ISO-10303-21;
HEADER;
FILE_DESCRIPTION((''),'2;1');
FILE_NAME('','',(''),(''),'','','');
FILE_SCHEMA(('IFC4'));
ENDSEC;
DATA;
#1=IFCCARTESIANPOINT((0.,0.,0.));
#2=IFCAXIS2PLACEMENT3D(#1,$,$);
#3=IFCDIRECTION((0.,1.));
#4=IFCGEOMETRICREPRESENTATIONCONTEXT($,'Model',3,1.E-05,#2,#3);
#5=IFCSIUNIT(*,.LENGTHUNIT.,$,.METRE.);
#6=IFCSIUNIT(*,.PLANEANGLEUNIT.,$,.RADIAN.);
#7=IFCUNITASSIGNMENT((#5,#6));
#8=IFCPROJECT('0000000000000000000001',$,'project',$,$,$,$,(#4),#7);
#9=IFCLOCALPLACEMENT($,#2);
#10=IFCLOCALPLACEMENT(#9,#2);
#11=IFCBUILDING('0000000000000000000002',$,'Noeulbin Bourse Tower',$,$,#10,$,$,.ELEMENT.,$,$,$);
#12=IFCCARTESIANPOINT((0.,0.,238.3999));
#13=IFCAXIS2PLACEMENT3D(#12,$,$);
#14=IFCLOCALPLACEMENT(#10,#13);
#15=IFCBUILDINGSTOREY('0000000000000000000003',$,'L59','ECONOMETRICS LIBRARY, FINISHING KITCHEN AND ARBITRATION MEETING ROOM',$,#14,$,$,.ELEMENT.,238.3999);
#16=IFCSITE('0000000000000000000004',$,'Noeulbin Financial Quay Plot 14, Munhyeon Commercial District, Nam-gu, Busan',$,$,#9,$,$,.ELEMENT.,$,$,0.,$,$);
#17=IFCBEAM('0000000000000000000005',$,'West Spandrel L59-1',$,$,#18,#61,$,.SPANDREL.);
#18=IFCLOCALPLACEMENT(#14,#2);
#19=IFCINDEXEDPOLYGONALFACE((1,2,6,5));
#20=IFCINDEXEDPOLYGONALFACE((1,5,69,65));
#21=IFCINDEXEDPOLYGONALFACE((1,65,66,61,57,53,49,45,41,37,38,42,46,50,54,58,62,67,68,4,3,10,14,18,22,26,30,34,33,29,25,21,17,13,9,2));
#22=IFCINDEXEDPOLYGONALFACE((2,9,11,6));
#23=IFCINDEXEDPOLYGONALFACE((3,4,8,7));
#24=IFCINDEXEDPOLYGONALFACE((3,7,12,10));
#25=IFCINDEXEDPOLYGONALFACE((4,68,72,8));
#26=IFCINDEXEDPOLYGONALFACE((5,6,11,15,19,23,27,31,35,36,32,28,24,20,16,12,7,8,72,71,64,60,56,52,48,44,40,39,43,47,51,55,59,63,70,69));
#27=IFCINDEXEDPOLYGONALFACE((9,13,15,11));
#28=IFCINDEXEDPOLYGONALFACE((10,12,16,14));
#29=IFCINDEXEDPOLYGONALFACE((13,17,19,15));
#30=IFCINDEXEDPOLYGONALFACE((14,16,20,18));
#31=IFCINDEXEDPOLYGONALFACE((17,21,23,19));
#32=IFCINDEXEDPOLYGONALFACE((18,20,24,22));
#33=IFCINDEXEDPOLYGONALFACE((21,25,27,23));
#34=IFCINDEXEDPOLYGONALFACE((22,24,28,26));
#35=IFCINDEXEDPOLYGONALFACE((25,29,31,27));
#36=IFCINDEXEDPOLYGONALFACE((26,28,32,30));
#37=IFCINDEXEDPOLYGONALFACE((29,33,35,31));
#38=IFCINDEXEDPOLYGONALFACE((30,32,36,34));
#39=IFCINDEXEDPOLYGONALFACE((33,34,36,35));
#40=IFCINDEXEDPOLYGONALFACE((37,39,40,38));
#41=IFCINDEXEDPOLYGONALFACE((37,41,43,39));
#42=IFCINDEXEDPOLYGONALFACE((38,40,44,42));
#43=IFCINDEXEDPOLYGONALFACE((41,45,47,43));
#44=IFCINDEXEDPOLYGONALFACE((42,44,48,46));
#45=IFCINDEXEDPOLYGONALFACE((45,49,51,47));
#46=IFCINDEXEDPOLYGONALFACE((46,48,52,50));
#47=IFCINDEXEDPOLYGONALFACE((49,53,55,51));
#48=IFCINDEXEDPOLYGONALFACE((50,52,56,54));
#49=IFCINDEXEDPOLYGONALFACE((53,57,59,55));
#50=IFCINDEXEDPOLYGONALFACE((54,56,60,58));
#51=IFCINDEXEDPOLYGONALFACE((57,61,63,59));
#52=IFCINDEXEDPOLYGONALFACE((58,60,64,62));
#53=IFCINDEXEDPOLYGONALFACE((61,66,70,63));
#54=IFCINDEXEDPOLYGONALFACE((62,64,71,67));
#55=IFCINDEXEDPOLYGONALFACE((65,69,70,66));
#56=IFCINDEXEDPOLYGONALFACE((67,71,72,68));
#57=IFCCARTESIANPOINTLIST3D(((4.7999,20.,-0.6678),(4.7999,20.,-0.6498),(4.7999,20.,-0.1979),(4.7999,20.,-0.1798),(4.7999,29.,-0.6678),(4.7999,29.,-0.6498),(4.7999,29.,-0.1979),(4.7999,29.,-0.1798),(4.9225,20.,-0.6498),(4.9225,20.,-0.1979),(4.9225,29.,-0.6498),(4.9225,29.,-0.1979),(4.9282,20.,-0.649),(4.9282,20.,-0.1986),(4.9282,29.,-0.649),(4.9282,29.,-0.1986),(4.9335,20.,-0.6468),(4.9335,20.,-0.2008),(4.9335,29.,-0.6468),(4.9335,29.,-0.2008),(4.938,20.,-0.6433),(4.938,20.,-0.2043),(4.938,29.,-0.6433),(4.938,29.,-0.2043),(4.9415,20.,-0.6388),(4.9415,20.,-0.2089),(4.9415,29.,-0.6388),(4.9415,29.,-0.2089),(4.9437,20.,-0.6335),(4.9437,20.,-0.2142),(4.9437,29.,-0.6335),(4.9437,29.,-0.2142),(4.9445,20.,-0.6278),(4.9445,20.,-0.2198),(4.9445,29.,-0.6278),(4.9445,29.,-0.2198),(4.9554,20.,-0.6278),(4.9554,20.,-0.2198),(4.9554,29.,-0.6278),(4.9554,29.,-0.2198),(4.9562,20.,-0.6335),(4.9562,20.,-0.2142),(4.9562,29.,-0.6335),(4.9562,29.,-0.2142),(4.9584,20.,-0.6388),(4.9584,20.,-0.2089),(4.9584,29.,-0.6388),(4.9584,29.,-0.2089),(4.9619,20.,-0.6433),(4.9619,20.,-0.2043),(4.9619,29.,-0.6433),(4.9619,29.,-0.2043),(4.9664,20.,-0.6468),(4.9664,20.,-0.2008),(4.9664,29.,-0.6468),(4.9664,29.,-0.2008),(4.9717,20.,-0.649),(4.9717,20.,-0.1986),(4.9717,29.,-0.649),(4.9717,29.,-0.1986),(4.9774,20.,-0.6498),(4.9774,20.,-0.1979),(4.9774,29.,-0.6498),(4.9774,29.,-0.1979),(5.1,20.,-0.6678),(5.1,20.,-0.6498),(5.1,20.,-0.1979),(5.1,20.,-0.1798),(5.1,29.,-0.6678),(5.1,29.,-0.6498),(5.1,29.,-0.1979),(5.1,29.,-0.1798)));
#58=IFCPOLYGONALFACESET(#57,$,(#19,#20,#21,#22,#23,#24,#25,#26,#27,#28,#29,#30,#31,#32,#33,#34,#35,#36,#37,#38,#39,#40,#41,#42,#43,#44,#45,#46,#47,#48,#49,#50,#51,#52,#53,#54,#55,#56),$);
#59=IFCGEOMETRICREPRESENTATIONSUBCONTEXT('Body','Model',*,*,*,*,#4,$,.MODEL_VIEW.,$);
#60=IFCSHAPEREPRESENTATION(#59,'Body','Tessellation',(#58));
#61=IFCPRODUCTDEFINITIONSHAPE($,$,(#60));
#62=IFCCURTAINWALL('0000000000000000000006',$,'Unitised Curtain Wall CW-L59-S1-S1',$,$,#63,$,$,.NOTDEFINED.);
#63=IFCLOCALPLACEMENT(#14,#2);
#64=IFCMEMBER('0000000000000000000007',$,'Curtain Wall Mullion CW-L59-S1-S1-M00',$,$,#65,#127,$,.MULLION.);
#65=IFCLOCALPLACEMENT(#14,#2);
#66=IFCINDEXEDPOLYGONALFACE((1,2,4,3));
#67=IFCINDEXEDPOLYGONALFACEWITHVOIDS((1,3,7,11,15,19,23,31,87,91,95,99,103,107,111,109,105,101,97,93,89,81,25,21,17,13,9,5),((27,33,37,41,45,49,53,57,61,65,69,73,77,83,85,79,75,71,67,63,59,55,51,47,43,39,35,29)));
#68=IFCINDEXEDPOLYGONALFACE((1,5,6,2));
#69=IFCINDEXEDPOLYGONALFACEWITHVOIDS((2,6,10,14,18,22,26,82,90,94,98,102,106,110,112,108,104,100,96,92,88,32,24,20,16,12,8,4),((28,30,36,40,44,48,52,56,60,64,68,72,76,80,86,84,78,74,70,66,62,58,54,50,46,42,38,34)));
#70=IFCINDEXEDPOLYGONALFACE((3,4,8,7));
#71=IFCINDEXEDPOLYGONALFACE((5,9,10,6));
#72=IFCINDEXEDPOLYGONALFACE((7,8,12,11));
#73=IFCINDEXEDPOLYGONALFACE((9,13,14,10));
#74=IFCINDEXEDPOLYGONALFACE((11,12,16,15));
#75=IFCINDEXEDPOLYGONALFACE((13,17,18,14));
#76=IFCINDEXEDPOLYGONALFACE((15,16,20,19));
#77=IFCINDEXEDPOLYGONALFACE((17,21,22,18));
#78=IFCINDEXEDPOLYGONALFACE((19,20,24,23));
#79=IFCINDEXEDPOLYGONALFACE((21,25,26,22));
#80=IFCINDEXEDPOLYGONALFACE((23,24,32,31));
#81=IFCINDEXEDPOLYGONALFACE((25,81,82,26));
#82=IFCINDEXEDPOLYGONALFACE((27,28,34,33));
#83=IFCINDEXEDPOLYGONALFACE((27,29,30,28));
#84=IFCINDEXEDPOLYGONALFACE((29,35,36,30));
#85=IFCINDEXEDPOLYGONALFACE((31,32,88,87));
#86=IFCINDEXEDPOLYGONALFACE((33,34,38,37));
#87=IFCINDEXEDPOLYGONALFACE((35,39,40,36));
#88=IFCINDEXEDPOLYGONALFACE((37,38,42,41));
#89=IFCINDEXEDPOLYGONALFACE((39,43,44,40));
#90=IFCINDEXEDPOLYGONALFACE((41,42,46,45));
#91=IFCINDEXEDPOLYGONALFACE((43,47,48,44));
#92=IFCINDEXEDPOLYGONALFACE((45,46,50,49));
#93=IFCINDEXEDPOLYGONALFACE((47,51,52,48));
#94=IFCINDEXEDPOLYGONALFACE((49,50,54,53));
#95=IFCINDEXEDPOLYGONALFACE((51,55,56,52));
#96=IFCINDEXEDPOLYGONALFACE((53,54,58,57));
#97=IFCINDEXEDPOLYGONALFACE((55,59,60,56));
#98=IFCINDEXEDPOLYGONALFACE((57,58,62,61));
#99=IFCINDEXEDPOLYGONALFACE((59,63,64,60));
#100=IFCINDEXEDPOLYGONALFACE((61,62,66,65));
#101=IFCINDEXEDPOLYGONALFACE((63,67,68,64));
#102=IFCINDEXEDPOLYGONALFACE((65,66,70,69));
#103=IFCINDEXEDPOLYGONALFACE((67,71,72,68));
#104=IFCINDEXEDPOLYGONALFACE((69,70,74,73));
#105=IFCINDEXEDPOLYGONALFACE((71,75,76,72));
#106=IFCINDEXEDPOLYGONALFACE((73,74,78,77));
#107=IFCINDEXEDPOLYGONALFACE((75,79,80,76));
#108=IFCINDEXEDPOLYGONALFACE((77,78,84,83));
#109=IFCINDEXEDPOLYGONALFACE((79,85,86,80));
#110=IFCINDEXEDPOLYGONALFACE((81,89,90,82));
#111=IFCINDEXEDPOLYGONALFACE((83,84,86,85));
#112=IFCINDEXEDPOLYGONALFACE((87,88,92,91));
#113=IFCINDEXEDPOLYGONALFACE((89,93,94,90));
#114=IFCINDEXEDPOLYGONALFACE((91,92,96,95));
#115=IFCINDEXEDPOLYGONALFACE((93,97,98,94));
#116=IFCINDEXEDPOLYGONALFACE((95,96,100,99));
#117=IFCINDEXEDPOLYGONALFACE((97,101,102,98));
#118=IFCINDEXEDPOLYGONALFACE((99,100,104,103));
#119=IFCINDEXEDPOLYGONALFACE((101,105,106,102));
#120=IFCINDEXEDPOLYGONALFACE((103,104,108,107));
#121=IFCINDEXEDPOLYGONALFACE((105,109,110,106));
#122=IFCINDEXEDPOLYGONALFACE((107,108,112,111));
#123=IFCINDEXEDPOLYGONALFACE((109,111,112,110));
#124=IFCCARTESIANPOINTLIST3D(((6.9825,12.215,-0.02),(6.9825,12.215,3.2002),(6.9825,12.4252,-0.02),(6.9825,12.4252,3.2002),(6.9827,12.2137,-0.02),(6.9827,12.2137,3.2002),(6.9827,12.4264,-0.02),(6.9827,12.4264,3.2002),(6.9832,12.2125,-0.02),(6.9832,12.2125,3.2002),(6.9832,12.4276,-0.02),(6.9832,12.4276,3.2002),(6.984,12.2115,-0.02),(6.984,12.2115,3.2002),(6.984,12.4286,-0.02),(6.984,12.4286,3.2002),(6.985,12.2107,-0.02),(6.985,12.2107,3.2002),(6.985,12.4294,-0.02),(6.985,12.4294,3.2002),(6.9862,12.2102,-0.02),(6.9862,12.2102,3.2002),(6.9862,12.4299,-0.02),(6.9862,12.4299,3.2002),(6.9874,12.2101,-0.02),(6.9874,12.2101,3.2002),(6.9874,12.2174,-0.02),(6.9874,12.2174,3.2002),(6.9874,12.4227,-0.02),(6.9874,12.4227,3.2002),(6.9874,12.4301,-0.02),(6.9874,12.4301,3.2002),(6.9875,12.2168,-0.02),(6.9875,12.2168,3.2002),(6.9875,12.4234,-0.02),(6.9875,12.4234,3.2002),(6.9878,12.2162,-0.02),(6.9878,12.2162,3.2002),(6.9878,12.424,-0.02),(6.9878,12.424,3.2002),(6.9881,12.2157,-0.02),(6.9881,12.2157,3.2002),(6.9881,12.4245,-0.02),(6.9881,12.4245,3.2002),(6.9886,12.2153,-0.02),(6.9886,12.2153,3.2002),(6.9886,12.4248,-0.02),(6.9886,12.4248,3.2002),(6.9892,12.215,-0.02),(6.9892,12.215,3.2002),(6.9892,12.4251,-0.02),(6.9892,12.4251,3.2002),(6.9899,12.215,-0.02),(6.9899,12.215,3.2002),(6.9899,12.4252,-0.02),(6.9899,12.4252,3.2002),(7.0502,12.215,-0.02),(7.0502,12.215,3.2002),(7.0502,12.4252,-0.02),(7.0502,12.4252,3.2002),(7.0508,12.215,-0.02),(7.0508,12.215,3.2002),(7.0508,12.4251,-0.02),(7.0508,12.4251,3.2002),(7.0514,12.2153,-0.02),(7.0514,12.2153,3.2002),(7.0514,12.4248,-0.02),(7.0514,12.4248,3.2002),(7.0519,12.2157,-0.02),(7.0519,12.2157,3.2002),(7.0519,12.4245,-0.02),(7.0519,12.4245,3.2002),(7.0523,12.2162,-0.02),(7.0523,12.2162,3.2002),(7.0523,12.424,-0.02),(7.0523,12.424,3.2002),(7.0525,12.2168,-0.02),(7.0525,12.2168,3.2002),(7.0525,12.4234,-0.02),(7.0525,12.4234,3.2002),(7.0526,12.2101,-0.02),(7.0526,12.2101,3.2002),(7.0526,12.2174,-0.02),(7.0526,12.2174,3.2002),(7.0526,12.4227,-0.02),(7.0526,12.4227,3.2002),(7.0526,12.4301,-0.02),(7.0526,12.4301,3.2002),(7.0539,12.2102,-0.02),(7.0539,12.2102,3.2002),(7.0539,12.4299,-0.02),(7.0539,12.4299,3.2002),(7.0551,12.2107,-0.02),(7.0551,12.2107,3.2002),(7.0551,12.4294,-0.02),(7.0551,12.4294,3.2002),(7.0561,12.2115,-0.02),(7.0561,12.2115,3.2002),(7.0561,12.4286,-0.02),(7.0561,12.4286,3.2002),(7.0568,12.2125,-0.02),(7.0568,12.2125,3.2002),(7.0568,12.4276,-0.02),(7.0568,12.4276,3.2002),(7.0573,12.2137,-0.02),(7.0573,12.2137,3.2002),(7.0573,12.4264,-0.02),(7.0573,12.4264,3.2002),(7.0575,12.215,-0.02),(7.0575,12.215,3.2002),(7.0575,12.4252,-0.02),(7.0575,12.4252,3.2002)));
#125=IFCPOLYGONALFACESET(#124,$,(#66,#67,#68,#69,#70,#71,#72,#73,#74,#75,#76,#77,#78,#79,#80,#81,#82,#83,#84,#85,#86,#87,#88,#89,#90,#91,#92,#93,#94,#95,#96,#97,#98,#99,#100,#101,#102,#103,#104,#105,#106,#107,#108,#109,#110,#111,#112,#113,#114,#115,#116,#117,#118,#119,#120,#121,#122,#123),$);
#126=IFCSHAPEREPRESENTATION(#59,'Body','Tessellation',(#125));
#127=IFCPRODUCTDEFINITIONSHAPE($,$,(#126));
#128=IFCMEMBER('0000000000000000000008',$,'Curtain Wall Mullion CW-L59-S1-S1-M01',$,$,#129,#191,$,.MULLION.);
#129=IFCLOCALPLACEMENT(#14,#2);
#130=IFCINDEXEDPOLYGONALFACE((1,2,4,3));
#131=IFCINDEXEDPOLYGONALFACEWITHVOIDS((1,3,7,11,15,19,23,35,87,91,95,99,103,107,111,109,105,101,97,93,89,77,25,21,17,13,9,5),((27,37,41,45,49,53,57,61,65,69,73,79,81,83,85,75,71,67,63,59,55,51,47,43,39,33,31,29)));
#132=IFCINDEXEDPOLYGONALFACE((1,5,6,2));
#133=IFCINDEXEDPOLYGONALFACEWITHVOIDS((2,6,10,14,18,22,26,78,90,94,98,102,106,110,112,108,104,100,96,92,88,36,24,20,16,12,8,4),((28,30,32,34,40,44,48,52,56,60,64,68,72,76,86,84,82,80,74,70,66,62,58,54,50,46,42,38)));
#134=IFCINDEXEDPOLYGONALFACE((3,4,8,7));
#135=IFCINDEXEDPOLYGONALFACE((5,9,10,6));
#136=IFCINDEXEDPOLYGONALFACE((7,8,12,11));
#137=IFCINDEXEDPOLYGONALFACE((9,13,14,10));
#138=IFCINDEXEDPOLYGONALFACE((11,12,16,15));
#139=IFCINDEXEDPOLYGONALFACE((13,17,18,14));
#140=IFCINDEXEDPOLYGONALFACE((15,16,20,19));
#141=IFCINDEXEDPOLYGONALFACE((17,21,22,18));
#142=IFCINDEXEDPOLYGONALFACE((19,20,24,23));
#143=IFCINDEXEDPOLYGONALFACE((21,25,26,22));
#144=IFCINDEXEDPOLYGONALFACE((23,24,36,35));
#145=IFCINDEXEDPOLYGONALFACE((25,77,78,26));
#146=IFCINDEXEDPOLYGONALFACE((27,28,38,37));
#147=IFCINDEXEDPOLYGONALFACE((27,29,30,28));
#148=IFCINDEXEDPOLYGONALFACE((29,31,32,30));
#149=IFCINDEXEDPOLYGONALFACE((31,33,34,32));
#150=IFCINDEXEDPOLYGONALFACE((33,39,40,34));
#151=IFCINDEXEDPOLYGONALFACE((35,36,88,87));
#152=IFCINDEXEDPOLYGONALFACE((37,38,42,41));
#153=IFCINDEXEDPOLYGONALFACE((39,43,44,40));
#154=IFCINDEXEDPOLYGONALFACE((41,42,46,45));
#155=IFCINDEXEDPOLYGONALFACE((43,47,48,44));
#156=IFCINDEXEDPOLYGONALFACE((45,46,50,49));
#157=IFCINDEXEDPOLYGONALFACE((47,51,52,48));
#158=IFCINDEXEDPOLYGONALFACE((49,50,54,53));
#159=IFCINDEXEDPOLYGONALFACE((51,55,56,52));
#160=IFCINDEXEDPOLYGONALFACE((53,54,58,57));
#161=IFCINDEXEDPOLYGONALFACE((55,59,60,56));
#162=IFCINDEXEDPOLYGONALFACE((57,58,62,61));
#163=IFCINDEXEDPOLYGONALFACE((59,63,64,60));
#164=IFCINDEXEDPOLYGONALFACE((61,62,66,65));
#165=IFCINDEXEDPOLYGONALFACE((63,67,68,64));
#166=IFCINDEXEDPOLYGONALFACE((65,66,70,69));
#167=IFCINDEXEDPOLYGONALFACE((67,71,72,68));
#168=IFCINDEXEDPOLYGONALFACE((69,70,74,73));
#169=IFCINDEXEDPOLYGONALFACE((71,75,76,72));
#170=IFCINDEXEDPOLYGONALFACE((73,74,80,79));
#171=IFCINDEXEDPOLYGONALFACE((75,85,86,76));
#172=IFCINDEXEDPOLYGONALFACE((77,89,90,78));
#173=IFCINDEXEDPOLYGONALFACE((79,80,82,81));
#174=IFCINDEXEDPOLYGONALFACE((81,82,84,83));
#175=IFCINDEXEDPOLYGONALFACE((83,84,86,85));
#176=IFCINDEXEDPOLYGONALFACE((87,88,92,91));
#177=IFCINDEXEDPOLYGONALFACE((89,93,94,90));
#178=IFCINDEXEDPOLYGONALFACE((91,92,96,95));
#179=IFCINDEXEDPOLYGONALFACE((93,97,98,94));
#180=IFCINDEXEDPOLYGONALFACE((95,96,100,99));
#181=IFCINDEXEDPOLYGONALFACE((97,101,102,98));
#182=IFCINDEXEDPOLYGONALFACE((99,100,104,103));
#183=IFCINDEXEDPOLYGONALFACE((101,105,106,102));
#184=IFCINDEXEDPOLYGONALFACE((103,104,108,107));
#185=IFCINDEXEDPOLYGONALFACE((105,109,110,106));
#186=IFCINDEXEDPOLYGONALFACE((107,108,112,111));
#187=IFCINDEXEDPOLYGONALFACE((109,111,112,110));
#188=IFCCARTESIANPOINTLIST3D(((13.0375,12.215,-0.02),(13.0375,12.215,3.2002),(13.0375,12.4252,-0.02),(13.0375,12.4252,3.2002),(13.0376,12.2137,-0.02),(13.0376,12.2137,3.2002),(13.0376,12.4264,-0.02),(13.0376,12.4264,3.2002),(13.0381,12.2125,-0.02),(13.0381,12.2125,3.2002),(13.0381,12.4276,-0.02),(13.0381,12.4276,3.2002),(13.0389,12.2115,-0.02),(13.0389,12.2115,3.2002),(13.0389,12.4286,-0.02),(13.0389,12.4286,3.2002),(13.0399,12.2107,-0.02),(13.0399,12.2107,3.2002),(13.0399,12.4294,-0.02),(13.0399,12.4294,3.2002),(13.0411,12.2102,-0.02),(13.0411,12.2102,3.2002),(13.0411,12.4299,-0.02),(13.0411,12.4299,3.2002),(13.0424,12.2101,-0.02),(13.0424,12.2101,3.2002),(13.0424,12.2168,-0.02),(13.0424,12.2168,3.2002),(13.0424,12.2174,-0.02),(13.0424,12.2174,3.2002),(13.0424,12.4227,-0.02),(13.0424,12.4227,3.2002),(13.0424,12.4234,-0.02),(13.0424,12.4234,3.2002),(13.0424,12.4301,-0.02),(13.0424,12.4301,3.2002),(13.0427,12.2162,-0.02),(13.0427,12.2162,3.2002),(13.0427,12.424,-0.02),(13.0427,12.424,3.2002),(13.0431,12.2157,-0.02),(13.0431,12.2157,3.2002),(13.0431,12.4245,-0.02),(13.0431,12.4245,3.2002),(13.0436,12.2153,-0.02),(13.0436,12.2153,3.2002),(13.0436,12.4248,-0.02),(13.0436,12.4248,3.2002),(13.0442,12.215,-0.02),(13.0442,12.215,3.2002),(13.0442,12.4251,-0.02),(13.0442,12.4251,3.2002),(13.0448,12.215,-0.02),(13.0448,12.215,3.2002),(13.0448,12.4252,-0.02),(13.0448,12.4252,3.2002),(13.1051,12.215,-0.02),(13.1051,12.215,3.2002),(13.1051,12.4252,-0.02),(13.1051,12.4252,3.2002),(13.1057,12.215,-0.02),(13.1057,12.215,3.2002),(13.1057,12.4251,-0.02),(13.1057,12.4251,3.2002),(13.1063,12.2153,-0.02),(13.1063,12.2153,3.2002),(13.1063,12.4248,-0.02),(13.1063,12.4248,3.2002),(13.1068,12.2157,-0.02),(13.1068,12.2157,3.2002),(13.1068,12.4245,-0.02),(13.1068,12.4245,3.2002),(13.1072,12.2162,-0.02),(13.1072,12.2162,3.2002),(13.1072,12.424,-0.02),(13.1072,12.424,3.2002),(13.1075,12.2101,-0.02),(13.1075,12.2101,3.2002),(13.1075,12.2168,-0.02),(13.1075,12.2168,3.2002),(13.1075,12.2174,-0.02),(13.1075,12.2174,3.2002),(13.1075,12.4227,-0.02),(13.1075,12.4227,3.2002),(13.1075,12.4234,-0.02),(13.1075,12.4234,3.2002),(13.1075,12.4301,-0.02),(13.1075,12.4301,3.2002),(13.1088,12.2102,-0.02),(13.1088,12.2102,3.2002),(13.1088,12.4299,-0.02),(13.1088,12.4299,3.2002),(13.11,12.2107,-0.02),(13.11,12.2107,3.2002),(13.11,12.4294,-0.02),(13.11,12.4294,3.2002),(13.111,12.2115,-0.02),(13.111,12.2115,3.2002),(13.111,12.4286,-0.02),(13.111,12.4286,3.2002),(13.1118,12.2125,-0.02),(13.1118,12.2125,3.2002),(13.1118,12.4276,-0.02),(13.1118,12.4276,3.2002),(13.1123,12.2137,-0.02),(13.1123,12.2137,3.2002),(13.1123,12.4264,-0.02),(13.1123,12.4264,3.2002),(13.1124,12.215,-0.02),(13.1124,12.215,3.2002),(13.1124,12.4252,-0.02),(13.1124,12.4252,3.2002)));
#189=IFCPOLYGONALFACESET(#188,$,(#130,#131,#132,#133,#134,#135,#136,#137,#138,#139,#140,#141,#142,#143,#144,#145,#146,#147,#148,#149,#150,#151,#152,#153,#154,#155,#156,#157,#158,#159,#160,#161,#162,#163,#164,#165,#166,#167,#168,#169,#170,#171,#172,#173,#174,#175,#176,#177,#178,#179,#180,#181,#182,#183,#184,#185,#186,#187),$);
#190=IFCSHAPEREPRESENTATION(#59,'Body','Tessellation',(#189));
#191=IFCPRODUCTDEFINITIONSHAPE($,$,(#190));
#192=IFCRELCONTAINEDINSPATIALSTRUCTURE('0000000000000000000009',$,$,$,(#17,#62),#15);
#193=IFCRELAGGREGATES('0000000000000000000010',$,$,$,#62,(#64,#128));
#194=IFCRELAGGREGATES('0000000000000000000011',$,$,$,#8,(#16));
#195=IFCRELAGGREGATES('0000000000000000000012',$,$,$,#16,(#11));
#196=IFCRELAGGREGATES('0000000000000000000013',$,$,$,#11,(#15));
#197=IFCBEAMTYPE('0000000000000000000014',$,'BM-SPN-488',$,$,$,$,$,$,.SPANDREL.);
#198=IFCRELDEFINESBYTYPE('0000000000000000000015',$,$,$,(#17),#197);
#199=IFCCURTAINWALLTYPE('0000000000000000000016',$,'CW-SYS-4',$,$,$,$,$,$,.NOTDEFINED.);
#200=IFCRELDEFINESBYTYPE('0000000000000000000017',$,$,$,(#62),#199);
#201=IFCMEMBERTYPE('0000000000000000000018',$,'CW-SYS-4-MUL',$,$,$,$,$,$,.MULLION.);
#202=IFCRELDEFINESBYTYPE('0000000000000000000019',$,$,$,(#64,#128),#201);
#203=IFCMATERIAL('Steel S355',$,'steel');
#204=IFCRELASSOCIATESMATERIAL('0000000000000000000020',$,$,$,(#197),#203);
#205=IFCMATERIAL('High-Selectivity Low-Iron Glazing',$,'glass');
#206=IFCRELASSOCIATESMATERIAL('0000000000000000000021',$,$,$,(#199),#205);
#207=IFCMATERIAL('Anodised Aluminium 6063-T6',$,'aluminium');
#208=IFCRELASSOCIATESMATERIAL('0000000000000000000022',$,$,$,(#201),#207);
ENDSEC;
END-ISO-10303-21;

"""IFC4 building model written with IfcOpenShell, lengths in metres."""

from ifc_helpers import new_model, si_unit, direction, frame, origin, origin_2d, place, context, subcontext, project, spatial, hollow_rectangle, i_section, extrude, material, material_profile, profile_set, type_object, element, aggregate, save


model = new_model("IFC4")

# Units and contexts
model_context = context("Model", 3, precision=1e-05, world=origin(), true_north=direction((0.0, 1.0)))
body_context = subcontext(model_context, "Body", "Model", "MODEL_VIEW")
ifc_project = project(units=[si_unit("LENGTHUNIT", "METRE"), si_unit("PLANEANGLEUNIT", "RADIAN")], contexts=[model_context])

# Site, building, storey
site_placement = place(None, origin())
site = spatial("IfcSite", under=ifc_project, at=site_placement, Name="Noeulbin Financial Quay Plot 14, Munhyeon Commercial District, Nam-gu, Busan", CompositionType="ELEMENT", RefElevation=0.0)
building_placement = place(site_placement, origin())
building = spatial("IfcBuilding", under=site, at=building_placement, Name="Noeulbin Bourse Tower", CompositionType="ELEMENT")
storey_placement = place(building_placement, frame((0.0, 0.0, 238.3999)))
storey = spatial("IfcBuildingStorey", under=building, at=storey_placement, Name="L59", Description="ECONOMETRICS LIBRARY, FINISHING KITCHEN AND ARBITRATION MEETING ROOM", CompositionType="ELEMENT", Elevation=238.3999)

# Shared definitions
ifc_material_1 = material(Name="Steel S355", Category="steel")

# Beam
ifc_material_profile_1 = material_profile(ifc_material_1, i_section(OverallWidth=0.3, OverallDepth=0.488, WebThickness=0.011, FlangeThickness=0.0181, FilletRadius=0.022, at=origin_2d()), Name="H-488x300x11x18", Category="LoadBearing")
ifc_profile_set_1 = profile_set([ifc_material_profile_1], Name="Steel S355")
beam_type_1 = type_object("IfcBeamType", Name="BM-SPN-488", PredefinedType="SPANDREL", material=ifc_profile_set_1)
beam_1_placement = place(storey_placement, frame((4.95, 20.0, -0.4238), z_axis=(0.0, 1.0, 0.0), x_axis=(-1.0, 0.0, 0.0)))
element("IfcBeam", 1, at=beam_1_placement, inside=storey, type_object=beam_type_1, Name="West Spandrel L59-1", PredefinedType="SPANDREL", context=body_context, shape_type="SweptSolid", body=[
    extrude(i_section(OverallWidth=0.3, OverallDepth=0.488, WebThickness=0.011, FlangeThickness=0.0181, FilletRadius=0.022, at=origin_2d()), origin(), (0.0, 0.0, 1.0), 9.0),
])

# Curtain wall, members
ifc_material_2 = material(Name="High-Selectivity Low-Iron Glazing", Category="glass")
curtain_wall_type = type_object("IfcCurtainWallType", Name="CW-SYS-4", PredefinedType="NOTDEFINED", material=ifc_material_2)
curtain_wall_1_placement = place(storey_placement, origin())
curtain_wall_1 = element("IfcCurtainWall", 2, at=curtain_wall_1_placement, inside=storey, type_object=curtain_wall_type, Name="Unitised Curtain Wall CW-L59-S1-S1", PredefinedType="NOTDEFINED")
ifc_material_3 = material(Name="Anodised Aluminium 6063-T6", Category="aluminium")
ifc_material_profile_2 = material_profile(ifc_material_3, hollow_rectangle(XDim=0.075, YDim=0.22, WallThickness=0.0049, InnerFilletRadius=0.0024, OuterFilletRadius=0.0049, at=origin_2d()), Name="ALU-MULL-75x220x5", Category="LoadBearing")
ifc_profile_set_2 = profile_set([ifc_material_profile_2], Name="Anodised Aluminium 6063-T6")
member_type_1 = type_object("IfcMemberType", Name="CW-SYS-4-MUL", PredefinedType="MULLION", material=ifc_profile_set_2)
member_1_placement = place(storey_placement, frame((7.02, 12.3201, -0.02), z_axis=(0.0, 0.0, 1.0), x_axis=(1.0, 0.0, 0.0)))
member_1 = element("IfcMember", 3, at=member_1_placement, type_object=member_type_1, Name="Curtain Wall Mullion CW-L59-S1-S1-M00", PredefinedType="MULLION", context=body_context, shape_type="SweptSolid", body=[
    extrude(hollow_rectangle(XDim=0.075, YDim=0.22, WallThickness=0.0049, InnerFilletRadius=0.0024, OuterFilletRadius=0.0049, at=origin_2d()), origin(), (0.0, 0.0, 1.0), 3.2202),
])
member_2_placement = place(storey_placement, frame((13.075, 12.3201, -0.02), z_axis=(0.0, 0.0, 1.0), x_axis=(1.0, 0.0, 0.0)))
member_2 = element("IfcMember", 4, at=member_2_placement, type_object=member_type_1, Name="Curtain Wall Mullion CW-L59-S1-S1-M01", PredefinedType="MULLION", context=body_context, shape_type="SweptSolid", body=[
    extrude(hollow_rectangle(XDim=0.075, YDim=0.22, WallThickness=0.0049, InnerFilletRadius=0.0024, OuterFilletRadius=0.0049, at=origin_2d()), origin(), (0.0, 0.0, 1.0), 3.2202),
])

aggregate(curtain_wall_1, [member_1, member_2])

save(model, "model.ifc")
